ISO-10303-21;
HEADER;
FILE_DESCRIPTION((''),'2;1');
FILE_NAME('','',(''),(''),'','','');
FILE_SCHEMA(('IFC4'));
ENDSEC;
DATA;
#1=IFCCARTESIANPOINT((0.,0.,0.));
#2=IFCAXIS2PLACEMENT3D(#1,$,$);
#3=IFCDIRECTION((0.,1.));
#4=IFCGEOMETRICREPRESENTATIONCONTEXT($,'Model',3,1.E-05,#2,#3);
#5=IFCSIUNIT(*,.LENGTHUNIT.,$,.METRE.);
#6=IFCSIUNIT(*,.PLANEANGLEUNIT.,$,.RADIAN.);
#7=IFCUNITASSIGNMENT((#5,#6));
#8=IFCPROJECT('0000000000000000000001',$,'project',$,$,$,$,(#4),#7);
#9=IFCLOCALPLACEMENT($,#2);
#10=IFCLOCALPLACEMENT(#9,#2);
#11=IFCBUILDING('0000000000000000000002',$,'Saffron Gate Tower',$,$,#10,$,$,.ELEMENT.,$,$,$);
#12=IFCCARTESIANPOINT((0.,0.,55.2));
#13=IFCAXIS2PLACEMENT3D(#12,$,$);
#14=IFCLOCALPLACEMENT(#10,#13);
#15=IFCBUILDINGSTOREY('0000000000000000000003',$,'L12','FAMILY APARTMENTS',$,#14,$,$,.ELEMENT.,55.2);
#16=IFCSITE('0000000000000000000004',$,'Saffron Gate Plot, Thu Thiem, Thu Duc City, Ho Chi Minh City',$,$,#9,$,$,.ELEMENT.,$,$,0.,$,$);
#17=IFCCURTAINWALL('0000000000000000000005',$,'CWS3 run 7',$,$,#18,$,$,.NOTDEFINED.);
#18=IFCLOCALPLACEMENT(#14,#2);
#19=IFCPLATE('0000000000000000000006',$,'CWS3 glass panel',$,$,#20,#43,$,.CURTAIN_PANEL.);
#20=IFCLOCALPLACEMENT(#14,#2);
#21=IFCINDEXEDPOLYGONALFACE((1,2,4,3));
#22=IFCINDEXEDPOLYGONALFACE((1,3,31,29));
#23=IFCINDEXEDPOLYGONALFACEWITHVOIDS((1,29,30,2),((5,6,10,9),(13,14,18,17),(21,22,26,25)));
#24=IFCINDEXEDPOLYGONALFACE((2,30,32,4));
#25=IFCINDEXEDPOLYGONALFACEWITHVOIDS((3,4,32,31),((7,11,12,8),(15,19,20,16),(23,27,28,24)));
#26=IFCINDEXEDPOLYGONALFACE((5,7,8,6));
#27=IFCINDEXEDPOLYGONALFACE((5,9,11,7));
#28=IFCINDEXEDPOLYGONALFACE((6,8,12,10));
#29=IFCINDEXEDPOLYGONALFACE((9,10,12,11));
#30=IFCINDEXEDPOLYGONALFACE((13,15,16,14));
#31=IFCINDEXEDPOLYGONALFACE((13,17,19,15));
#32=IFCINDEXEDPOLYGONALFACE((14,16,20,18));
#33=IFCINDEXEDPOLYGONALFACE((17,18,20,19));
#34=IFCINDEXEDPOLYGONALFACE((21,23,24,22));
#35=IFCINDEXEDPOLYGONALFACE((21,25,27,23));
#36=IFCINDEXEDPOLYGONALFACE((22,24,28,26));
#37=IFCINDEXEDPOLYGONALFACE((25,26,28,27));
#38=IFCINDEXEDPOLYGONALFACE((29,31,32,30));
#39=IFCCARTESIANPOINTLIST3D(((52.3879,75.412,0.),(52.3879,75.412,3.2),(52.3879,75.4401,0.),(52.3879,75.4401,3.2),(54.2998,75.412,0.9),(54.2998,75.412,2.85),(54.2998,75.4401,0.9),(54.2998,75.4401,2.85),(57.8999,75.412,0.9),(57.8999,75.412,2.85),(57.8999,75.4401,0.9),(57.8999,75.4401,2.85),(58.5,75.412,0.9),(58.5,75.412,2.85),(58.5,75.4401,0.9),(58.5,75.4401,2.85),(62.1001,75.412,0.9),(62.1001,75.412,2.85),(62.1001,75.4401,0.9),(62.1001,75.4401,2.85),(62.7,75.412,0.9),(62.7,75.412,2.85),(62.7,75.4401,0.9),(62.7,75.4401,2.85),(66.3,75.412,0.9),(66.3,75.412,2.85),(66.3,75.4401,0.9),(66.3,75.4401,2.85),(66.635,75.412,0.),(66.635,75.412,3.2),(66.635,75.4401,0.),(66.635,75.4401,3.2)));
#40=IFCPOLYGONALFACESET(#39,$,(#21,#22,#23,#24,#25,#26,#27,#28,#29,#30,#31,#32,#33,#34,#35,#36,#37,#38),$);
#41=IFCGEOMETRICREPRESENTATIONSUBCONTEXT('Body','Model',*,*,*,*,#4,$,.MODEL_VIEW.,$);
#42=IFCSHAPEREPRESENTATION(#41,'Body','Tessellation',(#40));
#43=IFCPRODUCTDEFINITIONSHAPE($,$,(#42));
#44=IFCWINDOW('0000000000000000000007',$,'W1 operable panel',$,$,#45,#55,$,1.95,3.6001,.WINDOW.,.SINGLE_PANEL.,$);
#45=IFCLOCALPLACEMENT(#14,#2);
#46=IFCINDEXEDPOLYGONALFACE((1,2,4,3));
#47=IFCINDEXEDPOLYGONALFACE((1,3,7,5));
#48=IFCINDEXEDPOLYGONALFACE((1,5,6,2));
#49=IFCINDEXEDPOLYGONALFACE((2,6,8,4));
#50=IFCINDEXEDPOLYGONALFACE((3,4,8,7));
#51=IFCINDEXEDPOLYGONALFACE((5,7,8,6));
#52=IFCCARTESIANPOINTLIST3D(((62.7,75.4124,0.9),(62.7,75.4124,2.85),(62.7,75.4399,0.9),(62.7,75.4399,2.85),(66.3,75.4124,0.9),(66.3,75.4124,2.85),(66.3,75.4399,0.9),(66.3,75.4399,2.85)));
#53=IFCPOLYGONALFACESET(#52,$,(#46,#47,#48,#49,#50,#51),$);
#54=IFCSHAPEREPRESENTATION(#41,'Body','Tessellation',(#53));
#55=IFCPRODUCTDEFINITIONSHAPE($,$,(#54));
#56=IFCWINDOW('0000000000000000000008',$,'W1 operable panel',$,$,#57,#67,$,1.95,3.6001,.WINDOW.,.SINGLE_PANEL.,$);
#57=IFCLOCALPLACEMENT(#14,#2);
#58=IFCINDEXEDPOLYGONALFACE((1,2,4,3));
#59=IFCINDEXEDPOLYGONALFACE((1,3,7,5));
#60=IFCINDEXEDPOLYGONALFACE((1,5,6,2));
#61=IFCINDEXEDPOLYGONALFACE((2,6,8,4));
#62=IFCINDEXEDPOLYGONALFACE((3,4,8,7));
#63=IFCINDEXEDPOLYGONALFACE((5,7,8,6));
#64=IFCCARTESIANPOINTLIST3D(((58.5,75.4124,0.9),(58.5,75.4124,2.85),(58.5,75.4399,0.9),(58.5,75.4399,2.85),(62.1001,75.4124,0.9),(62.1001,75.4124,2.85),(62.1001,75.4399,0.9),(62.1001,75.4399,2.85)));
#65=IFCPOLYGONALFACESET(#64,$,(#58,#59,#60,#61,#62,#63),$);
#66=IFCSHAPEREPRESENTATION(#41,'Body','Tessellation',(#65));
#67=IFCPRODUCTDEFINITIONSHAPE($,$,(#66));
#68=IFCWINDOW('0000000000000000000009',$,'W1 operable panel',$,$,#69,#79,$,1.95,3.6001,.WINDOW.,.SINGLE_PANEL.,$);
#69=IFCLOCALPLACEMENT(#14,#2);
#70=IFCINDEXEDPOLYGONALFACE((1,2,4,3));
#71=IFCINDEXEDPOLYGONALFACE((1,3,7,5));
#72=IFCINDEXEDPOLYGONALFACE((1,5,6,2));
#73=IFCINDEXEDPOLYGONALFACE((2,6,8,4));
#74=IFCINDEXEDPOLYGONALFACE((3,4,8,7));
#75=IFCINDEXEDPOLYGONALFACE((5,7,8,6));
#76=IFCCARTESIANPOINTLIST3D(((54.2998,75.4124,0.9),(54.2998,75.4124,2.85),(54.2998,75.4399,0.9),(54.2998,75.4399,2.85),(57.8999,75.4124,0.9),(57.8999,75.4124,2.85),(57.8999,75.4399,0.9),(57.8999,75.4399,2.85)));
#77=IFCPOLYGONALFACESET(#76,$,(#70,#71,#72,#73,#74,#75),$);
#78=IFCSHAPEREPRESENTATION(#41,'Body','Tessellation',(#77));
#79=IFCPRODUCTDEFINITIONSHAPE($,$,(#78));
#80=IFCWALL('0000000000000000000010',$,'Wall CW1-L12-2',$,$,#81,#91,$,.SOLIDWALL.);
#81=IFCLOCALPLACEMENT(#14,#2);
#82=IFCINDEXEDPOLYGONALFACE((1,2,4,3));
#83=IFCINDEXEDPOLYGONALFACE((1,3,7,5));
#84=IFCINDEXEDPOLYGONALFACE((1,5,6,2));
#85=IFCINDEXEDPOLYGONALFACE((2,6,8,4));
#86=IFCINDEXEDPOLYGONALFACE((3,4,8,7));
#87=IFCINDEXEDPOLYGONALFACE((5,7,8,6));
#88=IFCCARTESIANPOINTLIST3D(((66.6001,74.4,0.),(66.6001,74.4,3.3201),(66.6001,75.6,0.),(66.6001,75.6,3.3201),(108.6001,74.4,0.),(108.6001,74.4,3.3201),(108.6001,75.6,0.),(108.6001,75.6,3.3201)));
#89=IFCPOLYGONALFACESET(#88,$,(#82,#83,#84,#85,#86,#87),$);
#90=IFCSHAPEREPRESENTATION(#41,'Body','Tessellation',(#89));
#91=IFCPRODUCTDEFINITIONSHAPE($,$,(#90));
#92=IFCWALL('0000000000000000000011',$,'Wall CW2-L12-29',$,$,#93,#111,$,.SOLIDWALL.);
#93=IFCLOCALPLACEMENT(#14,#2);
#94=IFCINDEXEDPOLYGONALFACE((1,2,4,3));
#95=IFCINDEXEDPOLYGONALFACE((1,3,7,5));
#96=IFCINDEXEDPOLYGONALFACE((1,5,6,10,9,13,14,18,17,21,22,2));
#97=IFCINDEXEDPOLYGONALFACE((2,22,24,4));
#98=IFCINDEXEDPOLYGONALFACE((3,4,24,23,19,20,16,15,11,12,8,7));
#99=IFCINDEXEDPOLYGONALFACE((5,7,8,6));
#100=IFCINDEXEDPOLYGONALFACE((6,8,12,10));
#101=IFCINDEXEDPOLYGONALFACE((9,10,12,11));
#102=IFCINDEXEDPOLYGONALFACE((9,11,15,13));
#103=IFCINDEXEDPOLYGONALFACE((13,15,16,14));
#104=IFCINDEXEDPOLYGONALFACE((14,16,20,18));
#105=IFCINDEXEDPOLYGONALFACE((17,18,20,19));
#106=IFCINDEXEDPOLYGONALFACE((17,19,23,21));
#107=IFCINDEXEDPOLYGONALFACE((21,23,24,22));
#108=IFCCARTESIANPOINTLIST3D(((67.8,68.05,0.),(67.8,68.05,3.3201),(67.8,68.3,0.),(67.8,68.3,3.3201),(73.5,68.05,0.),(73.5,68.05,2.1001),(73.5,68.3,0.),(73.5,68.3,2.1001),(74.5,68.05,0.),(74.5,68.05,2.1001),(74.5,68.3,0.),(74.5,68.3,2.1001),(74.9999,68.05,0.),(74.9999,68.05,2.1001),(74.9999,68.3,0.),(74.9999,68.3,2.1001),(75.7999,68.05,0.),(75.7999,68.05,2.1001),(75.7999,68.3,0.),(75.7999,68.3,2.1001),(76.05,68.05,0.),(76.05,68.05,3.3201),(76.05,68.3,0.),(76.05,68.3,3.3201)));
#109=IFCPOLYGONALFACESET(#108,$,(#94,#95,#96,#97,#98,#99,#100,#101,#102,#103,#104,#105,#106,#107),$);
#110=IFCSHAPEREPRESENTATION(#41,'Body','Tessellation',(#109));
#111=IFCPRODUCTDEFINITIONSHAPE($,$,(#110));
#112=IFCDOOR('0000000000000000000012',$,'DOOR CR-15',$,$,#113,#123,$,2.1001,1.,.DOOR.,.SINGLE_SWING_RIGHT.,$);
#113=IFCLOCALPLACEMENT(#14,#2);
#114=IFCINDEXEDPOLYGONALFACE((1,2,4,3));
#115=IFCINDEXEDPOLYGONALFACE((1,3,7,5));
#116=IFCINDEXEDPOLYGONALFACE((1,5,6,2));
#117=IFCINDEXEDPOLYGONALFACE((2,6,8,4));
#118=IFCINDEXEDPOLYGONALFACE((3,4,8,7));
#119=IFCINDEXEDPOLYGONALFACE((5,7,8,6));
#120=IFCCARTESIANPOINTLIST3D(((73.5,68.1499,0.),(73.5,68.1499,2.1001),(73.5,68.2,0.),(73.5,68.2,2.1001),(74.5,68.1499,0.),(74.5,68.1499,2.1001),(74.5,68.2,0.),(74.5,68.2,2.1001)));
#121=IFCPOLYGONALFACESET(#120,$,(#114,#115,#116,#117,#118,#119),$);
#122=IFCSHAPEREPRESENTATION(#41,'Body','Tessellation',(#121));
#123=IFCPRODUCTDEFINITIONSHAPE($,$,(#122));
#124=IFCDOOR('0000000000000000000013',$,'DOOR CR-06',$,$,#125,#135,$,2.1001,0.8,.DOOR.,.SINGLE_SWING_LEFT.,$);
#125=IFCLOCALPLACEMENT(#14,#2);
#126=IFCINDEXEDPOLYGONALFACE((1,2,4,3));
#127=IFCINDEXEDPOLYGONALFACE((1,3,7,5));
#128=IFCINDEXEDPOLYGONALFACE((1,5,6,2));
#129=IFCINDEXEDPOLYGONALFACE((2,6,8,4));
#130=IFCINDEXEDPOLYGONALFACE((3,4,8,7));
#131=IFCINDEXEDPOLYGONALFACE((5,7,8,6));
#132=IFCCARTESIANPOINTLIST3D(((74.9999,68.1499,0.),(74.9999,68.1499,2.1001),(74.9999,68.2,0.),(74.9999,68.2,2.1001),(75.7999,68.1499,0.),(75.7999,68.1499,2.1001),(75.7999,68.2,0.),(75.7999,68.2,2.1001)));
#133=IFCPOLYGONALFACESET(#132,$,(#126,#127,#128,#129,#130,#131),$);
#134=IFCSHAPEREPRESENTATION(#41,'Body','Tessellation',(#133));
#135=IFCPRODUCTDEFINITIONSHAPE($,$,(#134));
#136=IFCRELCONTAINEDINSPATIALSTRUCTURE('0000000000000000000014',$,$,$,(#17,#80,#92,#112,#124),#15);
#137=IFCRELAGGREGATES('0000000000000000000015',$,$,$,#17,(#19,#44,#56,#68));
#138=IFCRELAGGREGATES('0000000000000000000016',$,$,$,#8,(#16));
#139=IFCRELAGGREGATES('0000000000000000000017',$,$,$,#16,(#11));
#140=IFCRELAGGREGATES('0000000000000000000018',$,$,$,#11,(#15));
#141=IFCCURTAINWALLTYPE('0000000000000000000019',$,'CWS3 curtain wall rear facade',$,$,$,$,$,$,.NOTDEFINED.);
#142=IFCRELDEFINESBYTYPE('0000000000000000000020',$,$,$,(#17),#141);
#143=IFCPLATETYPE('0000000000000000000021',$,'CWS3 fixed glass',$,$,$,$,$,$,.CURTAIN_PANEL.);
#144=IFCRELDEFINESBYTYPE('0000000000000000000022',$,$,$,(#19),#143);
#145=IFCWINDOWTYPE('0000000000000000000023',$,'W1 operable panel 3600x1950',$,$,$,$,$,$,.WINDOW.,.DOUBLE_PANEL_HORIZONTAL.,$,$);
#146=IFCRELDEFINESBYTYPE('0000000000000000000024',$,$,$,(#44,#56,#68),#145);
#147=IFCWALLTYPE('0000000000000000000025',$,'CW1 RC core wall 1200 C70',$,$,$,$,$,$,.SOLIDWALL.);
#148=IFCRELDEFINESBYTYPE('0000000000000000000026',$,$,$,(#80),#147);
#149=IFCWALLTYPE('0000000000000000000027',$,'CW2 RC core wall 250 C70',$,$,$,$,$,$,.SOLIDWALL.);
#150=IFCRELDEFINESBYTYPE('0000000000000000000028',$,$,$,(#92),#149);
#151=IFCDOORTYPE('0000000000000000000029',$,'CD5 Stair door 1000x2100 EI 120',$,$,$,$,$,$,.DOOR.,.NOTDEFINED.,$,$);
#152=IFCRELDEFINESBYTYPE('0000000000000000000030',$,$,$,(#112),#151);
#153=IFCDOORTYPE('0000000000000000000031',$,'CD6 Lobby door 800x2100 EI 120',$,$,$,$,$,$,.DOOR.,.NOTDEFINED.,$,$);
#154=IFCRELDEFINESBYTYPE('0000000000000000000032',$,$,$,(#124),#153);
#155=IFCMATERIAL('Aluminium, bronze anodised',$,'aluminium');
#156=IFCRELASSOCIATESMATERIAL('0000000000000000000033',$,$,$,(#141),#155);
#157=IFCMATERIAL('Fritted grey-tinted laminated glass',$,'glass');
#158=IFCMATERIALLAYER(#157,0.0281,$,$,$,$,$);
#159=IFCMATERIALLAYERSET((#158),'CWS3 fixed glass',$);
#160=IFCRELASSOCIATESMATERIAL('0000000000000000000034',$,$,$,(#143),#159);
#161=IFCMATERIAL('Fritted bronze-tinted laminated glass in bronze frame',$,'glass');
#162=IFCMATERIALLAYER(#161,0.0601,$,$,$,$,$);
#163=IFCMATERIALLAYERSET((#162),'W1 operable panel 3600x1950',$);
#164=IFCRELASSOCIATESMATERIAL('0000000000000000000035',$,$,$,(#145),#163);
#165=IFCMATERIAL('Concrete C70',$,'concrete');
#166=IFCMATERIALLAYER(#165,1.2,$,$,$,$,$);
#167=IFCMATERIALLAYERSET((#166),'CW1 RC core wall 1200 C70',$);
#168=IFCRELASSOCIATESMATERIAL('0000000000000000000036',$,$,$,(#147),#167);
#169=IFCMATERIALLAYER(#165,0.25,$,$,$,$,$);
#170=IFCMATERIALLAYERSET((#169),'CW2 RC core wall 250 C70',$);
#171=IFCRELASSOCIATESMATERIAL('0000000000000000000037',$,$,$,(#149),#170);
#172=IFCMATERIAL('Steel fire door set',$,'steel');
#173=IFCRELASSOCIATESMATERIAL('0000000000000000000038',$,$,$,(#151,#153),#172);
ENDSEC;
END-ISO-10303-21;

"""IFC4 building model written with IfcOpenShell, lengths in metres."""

from ifc_helpers import new_model, si_unit, direction, frame, frame_2d, origin, place, context, subcontext, project, spatial, rectangle, extrude, material, layer, layer_set, type_object, element, fill, aggregate, save


model = new_model("IFC4")

# Units and contexts
model_context = context("Model", 3, precision=1e-05, world=origin(), true_north=direction((0.0, 1.0)))
body_context = subcontext(model_context, "Body", "Model", "MODEL_VIEW")
ifc_project = project(units=[si_unit("LENGTHUNIT", "METRE"), si_unit("PLANEANGLEUNIT", "RADIAN")], contexts=[model_context])

# Site, building, storey
site_placement = place(None, origin())
site = spatial("IfcSite", under=ifc_project, at=site_placement, Name="Saffron Gate Plot, Thu Thiem, Thu Duc City, Ho Chi Minh City", CompositionType="ELEMENT", RefElevation=0.0)
building_placement = place(site_placement, origin())
building = spatial("IfcBuilding", under=site, at=building_placement, Name="Saffron Gate Tower", CompositionType="ELEMENT")
storey_placement = place(building_placement, frame((0.0, 0.0, 55.2)))
storey = spatial("IfcBuildingStorey", under=building, at=storey_placement, Name="L12", Description="FAMILY APARTMENTS", CompositionType="ELEMENT", Elevation=55.2)

# Curtain wall, plate, openings, windows
ifc_material_1 = material(Name="Aluminium, bronze anodised", Category="aluminium")
curtain_wall_type = type_object("IfcCurtainWallType", Name="CWS3 curtain wall rear facade", PredefinedType="NOTDEFINED", material=ifc_material_1)
curtain_wall_placement = place(storey_placement, origin())
curtain_wall = element("IfcCurtainWall", 1, at=curtain_wall_placement, inside=storey, type_object=curtain_wall_type, Name="CWS3 run 7", PredefinedType="NOTDEFINED")
ifc_material_2 = material(Name="Fritted grey-tinted laminated glass", Category="glass")
ifc_layer_1 = layer(ifc_material_2, 0.0281)
ifc_layer_set_1 = layer_set([ifc_layer_1], Name="CWS3 fixed glass")
plate_type = type_object("IfcPlateType", Name="CWS3 fixed glass", PredefinedType="CURTAIN_PANEL", material=ifc_layer_set_1)
plate_placement = place(storey_placement, frame((66.635, 75.426, 0.0), z_axis=(0.0, 0.0, 1.0), x_axis=(-1.0, 0.0, 0.0)))
plate = element("IfcPlate", 2, at=plate_placement, type_object=plate_type, Name="CWS3 glass panel", PredefinedType="CURTAIN_PANEL", context=body_context, shape_type="SweptSolid", body=[
    extrude(rectangle(XDim=14.2471, YDim=0.0281, at=frame_2d((7.1235, 0.0))), origin(), (0.0, 0.0, 1.0), 3.2),
])
opening_1_placement = place(plate_placement, frame((0.335, 0.0, 0.8999)))
opening_1 = element("IfcOpeningElement", 3, at=opening_1_placement, cuts=plate, PredefinedType="OPENING", context=body_context, shape_type="SweptSolid", body=[
    extrude(rectangle(XDim=3.6001, YDim=1.95, at=frame_2d((1.8, 0.9751))), frame((0.0, 0.0239, 0.0), z_axis=(0.0, -1.0, 0.0), x_axis=(1.0, 0.0, 0.0)), (0.0, 0.0, 1.0), 0.0481),
])
opening_2_placement = place(plate_placement, frame((4.5349, 0.0, 0.8999)))
opening_2 = element("IfcOpeningElement", 4, at=opening_2_placement, cuts=plate, PredefinedType="OPENING", context=body_context, shape_type="SweptSolid", body=[
    extrude(rectangle(XDim=3.6001, YDim=1.95, at=frame_2d((1.8, 0.9751))), frame((0.0, 0.0239, 0.0), z_axis=(0.0, -1.0, 0.0), x_axis=(1.0, 0.0, 0.0)), (0.0, 0.0, 1.0), 0.0481),
])
opening_3_placement = place(plate_placement, frame((8.7351, 0.0, 0.8999)))
opening_3 = element("IfcOpeningElement", 5, at=opening_3_placement, cuts=plate, PredefinedType="OPENING", context=body_context, shape_type="SweptSolid", body=[
    extrude(rectangle(XDim=3.6001, YDim=1.95, at=frame_2d((1.8, 0.9751))), frame((0.0, 0.0239, 0.0), z_axis=(0.0, -1.0, 0.0), x_axis=(1.0, 0.0, 0.0)), (0.0, 0.0, 1.0), 0.0481),
])
ifc_material_3 = material(Name="Fritted bronze-tinted laminated glass in bronze frame", Category="glass")
ifc_layer_2 = layer(ifc_material_3, 0.0601)
ifc_layer_set_2 = layer_set([ifc_layer_2], Name="W1 operable panel 3600x1950")
window_type = type_object("IfcWindowType", Name="W1 operable panel 3600x1950", PartitioningType="DOUBLE_PANEL_HORIZONTAL", PredefinedType="WINDOW", material=ifc_layer_set_2)
window_1_placement = place(opening_1_placement, origin())
window_1 = element("IfcWindow", 6, at=window_1_placement, type_object=window_type, Name="W1 operable panel", OverallHeight=1.95, OverallWidth=3.6001, PartitioningType="SINGLE_PANEL", PredefinedType="WINDOW", context=body_context, shape_type="SweptSolid", body=[
    extrude(rectangle(XDim=3.6001, YDim=1.95, at=frame_2d((1.8, 0.9751))), frame((0.0, 0.0137, 0.0), z_axis=(0.0, -1.0, 0.0), x_axis=(1.0, 0.0, 0.0)), (0.0, 0.0, 1.0), 0.0276),
])
fill(opening_1, window_1)
window_2_placement = place(opening_2_placement, origin())
window_2 = element("IfcWindow", 7, at=window_2_placement, type_object=window_type, Name="W1 operable panel", OverallHeight=1.95, OverallWidth=3.6001, PartitioningType="SINGLE_PANEL", PredefinedType="WINDOW", context=body_context, shape_type="SweptSolid", body=[
    extrude(rectangle(XDim=3.6001, YDim=1.95, at=frame_2d((1.8, 0.9751))), frame((0.0, 0.0137, 0.0), z_axis=(0.0, -1.0, 0.0), x_axis=(1.0, 0.0, 0.0)), (0.0, 0.0, 1.0), 0.0276),
])
fill(opening_2, window_2)
window_3_placement = place(opening_3_placement, origin())
window_3 = element("IfcWindow", 8, at=window_3_placement, type_object=window_type, Name="W1 operable panel", OverallHeight=1.95, OverallWidth=3.6001, PartitioningType="SINGLE_PANEL", PredefinedType="WINDOW", context=body_context, shape_type="SweptSolid", body=[
    extrude(rectangle(XDim=3.6001, YDim=1.95, at=frame_2d((1.8, 0.9751))), frame((0.0, 0.0137, 0.0), z_axis=(0.0, -1.0, 0.0), x_axis=(1.0, 0.0, 0.0)), (0.0, 0.0, 1.0), 0.0276),
])
fill(opening_3, window_3)
aggregate(curtain_wall, [plate, window_1, window_2, window_3])

# Wall
ifc_material_4 = material(Name="Concrete C70", Category="concrete")
ifc_layer_3 = layer(ifc_material_4, 1.2)
ifc_layer_set_3 = layer_set([ifc_layer_3], Name="CW1 RC core wall 1200 C70")
wall_type_1 = type_object("IfcWallType", Name="CW1 RC core wall 1200 C70", PredefinedType="SOLIDWALL", material=ifc_layer_set_3)
wall_1_placement = place(storey_placement, frame((66.6001, 75.0, 0.0), z_axis=(0.0, 0.0, 1.0), x_axis=(1.0, 0.0, 0.0)))
element("IfcWall", 9, at=wall_1_placement, inside=storey, type_object=wall_type_1, Name="Wall CW1-L12-2", PredefinedType="SOLIDWALL", context=body_context, shape_type="SweptSolid", body=[
    extrude(rectangle(XDim=42.0, YDim=1.2, at=frame_2d((21.0, 0.0))), origin(), (0.0, 0.0, 1.0), 3.3201),
])

# Wall, openings, doors
ifc_layer_4 = layer(ifc_material_4, 0.25)
ifc_layer_set_4 = layer_set([ifc_layer_4], Name="CW2 RC core wall 250 C70")
wall_type_2 = type_object("IfcWallType", Name="CW2 RC core wall 250 C70", PredefinedType="SOLIDWALL", material=ifc_layer_set_4)
wall_2_placement = place(storey_placement, frame((67.8, 68.175, 0.0), z_axis=(0.0, 0.0, 1.0), x_axis=(1.0, 0.0, 0.0)))
wall_2 = element("IfcWall", 10, at=wall_2_placement, inside=storey, type_object=wall_type_2, Name="Wall CW2-L12-29", PredefinedType="SOLIDWALL", context=body_context, shape_type="SweptSolid", body=[
    extrude(rectangle(XDim=8.25, YDim=0.25, at=frame_2d((4.125, 0.0))), origin(), (0.0, 0.0, 1.0), 3.3201),
])
opening_4_placement = place(wall_2_placement, frame((5.7, 0.0, 0.0)))
opening_4 = element("IfcOpeningElement", 11, at=opening_4_placement, cuts=wall_2, PredefinedType="OPENING", context=body_context, shape_type="SweptSolid", body=[
    extrude(rectangle(XDim=1.0, YDim=2.1001, at=frame_2d((0.5, 1.05))), frame((0.0, 0.135, 0.0), z_axis=(0.0, -1.0, 0.0), x_axis=(1.0, 0.0, 0.0)), (0.0, 0.0, 1.0), 0.27),
])
opening_5_placement = place(wall_2_placement, frame((7.2, 0.0, 0.0)))
opening_5 = element("IfcOpeningElement", 12, at=opening_5_placement, cuts=wall_2, PredefinedType="OPENING", context=body_context, shape_type="SweptSolid", body=[
    extrude(rectangle(XDim=0.8, YDim=2.1001, at=frame_2d((0.3999, 1.05))), frame((0.0, 0.135, 0.0), z_axis=(0.0, -1.0, 0.0), x_axis=(1.0, 0.0, 0.0)), (0.0, 0.0, 1.0), 0.27),
])
ifc_material_5 = material(Name="Steel fire door set", Category="steel")
door_type_1 = type_object("IfcDoorType", Name="CD5 Stair door 1000x2100 EI 120", OperationType="NOTDEFINED", PredefinedType="DOOR", material=ifc_material_5)
door_1_placement = place(opening_4_placement, origin())
door_1 = element("IfcDoor", 13, at=door_1_placement, inside=storey, type_object=door_type_1, Name="DOOR CR-15", OperationType="SINGLE_SWING_RIGHT", OverallHeight=2.1001, OverallWidth=1.0, PredefinedType="DOOR", context=body_context, shape_type="SweptSolid", body=[
    extrude(rectangle(XDim=1.0, YDim=2.1001, at=frame_2d((0.5, 1.05))), frame((0.0, 0.0249, 0.0), z_axis=(0.0, -1.0, 0.0), x_axis=(1.0, 0.0, 0.0)), (0.0, 0.0, 1.0), 0.05),
])
fill(opening_4, door_1)
door_type_2 = type_object("IfcDoorType", Name="CD6 Lobby door 800x2100 EI 120", OperationType="NOTDEFINED", PredefinedType="DOOR", material=ifc_material_5)
door_2_placement = place(opening_5_placement, origin())
door_2 = element("IfcDoor", 14, at=door_2_placement, inside=storey, type_object=door_type_2, Name="DOOR CR-06", OperationType="SINGLE_SWING_LEFT", OverallHeight=2.1001, OverallWidth=0.8, PredefinedType="DOOR", context=body_context, shape_type="SweptSolid", body=[
    extrude(rectangle(XDim=0.8, YDim=2.1001, at=frame_2d((0.3999, 1.05))), frame((0.0, 0.0249, 0.0), z_axis=(0.0, -1.0, 0.0), x_axis=(1.0, 0.0, 0.0)), (0.0, 0.0, 1.0), 0.05),
])
fill(opening_5, door_2)

save(model, "model.ifc")
